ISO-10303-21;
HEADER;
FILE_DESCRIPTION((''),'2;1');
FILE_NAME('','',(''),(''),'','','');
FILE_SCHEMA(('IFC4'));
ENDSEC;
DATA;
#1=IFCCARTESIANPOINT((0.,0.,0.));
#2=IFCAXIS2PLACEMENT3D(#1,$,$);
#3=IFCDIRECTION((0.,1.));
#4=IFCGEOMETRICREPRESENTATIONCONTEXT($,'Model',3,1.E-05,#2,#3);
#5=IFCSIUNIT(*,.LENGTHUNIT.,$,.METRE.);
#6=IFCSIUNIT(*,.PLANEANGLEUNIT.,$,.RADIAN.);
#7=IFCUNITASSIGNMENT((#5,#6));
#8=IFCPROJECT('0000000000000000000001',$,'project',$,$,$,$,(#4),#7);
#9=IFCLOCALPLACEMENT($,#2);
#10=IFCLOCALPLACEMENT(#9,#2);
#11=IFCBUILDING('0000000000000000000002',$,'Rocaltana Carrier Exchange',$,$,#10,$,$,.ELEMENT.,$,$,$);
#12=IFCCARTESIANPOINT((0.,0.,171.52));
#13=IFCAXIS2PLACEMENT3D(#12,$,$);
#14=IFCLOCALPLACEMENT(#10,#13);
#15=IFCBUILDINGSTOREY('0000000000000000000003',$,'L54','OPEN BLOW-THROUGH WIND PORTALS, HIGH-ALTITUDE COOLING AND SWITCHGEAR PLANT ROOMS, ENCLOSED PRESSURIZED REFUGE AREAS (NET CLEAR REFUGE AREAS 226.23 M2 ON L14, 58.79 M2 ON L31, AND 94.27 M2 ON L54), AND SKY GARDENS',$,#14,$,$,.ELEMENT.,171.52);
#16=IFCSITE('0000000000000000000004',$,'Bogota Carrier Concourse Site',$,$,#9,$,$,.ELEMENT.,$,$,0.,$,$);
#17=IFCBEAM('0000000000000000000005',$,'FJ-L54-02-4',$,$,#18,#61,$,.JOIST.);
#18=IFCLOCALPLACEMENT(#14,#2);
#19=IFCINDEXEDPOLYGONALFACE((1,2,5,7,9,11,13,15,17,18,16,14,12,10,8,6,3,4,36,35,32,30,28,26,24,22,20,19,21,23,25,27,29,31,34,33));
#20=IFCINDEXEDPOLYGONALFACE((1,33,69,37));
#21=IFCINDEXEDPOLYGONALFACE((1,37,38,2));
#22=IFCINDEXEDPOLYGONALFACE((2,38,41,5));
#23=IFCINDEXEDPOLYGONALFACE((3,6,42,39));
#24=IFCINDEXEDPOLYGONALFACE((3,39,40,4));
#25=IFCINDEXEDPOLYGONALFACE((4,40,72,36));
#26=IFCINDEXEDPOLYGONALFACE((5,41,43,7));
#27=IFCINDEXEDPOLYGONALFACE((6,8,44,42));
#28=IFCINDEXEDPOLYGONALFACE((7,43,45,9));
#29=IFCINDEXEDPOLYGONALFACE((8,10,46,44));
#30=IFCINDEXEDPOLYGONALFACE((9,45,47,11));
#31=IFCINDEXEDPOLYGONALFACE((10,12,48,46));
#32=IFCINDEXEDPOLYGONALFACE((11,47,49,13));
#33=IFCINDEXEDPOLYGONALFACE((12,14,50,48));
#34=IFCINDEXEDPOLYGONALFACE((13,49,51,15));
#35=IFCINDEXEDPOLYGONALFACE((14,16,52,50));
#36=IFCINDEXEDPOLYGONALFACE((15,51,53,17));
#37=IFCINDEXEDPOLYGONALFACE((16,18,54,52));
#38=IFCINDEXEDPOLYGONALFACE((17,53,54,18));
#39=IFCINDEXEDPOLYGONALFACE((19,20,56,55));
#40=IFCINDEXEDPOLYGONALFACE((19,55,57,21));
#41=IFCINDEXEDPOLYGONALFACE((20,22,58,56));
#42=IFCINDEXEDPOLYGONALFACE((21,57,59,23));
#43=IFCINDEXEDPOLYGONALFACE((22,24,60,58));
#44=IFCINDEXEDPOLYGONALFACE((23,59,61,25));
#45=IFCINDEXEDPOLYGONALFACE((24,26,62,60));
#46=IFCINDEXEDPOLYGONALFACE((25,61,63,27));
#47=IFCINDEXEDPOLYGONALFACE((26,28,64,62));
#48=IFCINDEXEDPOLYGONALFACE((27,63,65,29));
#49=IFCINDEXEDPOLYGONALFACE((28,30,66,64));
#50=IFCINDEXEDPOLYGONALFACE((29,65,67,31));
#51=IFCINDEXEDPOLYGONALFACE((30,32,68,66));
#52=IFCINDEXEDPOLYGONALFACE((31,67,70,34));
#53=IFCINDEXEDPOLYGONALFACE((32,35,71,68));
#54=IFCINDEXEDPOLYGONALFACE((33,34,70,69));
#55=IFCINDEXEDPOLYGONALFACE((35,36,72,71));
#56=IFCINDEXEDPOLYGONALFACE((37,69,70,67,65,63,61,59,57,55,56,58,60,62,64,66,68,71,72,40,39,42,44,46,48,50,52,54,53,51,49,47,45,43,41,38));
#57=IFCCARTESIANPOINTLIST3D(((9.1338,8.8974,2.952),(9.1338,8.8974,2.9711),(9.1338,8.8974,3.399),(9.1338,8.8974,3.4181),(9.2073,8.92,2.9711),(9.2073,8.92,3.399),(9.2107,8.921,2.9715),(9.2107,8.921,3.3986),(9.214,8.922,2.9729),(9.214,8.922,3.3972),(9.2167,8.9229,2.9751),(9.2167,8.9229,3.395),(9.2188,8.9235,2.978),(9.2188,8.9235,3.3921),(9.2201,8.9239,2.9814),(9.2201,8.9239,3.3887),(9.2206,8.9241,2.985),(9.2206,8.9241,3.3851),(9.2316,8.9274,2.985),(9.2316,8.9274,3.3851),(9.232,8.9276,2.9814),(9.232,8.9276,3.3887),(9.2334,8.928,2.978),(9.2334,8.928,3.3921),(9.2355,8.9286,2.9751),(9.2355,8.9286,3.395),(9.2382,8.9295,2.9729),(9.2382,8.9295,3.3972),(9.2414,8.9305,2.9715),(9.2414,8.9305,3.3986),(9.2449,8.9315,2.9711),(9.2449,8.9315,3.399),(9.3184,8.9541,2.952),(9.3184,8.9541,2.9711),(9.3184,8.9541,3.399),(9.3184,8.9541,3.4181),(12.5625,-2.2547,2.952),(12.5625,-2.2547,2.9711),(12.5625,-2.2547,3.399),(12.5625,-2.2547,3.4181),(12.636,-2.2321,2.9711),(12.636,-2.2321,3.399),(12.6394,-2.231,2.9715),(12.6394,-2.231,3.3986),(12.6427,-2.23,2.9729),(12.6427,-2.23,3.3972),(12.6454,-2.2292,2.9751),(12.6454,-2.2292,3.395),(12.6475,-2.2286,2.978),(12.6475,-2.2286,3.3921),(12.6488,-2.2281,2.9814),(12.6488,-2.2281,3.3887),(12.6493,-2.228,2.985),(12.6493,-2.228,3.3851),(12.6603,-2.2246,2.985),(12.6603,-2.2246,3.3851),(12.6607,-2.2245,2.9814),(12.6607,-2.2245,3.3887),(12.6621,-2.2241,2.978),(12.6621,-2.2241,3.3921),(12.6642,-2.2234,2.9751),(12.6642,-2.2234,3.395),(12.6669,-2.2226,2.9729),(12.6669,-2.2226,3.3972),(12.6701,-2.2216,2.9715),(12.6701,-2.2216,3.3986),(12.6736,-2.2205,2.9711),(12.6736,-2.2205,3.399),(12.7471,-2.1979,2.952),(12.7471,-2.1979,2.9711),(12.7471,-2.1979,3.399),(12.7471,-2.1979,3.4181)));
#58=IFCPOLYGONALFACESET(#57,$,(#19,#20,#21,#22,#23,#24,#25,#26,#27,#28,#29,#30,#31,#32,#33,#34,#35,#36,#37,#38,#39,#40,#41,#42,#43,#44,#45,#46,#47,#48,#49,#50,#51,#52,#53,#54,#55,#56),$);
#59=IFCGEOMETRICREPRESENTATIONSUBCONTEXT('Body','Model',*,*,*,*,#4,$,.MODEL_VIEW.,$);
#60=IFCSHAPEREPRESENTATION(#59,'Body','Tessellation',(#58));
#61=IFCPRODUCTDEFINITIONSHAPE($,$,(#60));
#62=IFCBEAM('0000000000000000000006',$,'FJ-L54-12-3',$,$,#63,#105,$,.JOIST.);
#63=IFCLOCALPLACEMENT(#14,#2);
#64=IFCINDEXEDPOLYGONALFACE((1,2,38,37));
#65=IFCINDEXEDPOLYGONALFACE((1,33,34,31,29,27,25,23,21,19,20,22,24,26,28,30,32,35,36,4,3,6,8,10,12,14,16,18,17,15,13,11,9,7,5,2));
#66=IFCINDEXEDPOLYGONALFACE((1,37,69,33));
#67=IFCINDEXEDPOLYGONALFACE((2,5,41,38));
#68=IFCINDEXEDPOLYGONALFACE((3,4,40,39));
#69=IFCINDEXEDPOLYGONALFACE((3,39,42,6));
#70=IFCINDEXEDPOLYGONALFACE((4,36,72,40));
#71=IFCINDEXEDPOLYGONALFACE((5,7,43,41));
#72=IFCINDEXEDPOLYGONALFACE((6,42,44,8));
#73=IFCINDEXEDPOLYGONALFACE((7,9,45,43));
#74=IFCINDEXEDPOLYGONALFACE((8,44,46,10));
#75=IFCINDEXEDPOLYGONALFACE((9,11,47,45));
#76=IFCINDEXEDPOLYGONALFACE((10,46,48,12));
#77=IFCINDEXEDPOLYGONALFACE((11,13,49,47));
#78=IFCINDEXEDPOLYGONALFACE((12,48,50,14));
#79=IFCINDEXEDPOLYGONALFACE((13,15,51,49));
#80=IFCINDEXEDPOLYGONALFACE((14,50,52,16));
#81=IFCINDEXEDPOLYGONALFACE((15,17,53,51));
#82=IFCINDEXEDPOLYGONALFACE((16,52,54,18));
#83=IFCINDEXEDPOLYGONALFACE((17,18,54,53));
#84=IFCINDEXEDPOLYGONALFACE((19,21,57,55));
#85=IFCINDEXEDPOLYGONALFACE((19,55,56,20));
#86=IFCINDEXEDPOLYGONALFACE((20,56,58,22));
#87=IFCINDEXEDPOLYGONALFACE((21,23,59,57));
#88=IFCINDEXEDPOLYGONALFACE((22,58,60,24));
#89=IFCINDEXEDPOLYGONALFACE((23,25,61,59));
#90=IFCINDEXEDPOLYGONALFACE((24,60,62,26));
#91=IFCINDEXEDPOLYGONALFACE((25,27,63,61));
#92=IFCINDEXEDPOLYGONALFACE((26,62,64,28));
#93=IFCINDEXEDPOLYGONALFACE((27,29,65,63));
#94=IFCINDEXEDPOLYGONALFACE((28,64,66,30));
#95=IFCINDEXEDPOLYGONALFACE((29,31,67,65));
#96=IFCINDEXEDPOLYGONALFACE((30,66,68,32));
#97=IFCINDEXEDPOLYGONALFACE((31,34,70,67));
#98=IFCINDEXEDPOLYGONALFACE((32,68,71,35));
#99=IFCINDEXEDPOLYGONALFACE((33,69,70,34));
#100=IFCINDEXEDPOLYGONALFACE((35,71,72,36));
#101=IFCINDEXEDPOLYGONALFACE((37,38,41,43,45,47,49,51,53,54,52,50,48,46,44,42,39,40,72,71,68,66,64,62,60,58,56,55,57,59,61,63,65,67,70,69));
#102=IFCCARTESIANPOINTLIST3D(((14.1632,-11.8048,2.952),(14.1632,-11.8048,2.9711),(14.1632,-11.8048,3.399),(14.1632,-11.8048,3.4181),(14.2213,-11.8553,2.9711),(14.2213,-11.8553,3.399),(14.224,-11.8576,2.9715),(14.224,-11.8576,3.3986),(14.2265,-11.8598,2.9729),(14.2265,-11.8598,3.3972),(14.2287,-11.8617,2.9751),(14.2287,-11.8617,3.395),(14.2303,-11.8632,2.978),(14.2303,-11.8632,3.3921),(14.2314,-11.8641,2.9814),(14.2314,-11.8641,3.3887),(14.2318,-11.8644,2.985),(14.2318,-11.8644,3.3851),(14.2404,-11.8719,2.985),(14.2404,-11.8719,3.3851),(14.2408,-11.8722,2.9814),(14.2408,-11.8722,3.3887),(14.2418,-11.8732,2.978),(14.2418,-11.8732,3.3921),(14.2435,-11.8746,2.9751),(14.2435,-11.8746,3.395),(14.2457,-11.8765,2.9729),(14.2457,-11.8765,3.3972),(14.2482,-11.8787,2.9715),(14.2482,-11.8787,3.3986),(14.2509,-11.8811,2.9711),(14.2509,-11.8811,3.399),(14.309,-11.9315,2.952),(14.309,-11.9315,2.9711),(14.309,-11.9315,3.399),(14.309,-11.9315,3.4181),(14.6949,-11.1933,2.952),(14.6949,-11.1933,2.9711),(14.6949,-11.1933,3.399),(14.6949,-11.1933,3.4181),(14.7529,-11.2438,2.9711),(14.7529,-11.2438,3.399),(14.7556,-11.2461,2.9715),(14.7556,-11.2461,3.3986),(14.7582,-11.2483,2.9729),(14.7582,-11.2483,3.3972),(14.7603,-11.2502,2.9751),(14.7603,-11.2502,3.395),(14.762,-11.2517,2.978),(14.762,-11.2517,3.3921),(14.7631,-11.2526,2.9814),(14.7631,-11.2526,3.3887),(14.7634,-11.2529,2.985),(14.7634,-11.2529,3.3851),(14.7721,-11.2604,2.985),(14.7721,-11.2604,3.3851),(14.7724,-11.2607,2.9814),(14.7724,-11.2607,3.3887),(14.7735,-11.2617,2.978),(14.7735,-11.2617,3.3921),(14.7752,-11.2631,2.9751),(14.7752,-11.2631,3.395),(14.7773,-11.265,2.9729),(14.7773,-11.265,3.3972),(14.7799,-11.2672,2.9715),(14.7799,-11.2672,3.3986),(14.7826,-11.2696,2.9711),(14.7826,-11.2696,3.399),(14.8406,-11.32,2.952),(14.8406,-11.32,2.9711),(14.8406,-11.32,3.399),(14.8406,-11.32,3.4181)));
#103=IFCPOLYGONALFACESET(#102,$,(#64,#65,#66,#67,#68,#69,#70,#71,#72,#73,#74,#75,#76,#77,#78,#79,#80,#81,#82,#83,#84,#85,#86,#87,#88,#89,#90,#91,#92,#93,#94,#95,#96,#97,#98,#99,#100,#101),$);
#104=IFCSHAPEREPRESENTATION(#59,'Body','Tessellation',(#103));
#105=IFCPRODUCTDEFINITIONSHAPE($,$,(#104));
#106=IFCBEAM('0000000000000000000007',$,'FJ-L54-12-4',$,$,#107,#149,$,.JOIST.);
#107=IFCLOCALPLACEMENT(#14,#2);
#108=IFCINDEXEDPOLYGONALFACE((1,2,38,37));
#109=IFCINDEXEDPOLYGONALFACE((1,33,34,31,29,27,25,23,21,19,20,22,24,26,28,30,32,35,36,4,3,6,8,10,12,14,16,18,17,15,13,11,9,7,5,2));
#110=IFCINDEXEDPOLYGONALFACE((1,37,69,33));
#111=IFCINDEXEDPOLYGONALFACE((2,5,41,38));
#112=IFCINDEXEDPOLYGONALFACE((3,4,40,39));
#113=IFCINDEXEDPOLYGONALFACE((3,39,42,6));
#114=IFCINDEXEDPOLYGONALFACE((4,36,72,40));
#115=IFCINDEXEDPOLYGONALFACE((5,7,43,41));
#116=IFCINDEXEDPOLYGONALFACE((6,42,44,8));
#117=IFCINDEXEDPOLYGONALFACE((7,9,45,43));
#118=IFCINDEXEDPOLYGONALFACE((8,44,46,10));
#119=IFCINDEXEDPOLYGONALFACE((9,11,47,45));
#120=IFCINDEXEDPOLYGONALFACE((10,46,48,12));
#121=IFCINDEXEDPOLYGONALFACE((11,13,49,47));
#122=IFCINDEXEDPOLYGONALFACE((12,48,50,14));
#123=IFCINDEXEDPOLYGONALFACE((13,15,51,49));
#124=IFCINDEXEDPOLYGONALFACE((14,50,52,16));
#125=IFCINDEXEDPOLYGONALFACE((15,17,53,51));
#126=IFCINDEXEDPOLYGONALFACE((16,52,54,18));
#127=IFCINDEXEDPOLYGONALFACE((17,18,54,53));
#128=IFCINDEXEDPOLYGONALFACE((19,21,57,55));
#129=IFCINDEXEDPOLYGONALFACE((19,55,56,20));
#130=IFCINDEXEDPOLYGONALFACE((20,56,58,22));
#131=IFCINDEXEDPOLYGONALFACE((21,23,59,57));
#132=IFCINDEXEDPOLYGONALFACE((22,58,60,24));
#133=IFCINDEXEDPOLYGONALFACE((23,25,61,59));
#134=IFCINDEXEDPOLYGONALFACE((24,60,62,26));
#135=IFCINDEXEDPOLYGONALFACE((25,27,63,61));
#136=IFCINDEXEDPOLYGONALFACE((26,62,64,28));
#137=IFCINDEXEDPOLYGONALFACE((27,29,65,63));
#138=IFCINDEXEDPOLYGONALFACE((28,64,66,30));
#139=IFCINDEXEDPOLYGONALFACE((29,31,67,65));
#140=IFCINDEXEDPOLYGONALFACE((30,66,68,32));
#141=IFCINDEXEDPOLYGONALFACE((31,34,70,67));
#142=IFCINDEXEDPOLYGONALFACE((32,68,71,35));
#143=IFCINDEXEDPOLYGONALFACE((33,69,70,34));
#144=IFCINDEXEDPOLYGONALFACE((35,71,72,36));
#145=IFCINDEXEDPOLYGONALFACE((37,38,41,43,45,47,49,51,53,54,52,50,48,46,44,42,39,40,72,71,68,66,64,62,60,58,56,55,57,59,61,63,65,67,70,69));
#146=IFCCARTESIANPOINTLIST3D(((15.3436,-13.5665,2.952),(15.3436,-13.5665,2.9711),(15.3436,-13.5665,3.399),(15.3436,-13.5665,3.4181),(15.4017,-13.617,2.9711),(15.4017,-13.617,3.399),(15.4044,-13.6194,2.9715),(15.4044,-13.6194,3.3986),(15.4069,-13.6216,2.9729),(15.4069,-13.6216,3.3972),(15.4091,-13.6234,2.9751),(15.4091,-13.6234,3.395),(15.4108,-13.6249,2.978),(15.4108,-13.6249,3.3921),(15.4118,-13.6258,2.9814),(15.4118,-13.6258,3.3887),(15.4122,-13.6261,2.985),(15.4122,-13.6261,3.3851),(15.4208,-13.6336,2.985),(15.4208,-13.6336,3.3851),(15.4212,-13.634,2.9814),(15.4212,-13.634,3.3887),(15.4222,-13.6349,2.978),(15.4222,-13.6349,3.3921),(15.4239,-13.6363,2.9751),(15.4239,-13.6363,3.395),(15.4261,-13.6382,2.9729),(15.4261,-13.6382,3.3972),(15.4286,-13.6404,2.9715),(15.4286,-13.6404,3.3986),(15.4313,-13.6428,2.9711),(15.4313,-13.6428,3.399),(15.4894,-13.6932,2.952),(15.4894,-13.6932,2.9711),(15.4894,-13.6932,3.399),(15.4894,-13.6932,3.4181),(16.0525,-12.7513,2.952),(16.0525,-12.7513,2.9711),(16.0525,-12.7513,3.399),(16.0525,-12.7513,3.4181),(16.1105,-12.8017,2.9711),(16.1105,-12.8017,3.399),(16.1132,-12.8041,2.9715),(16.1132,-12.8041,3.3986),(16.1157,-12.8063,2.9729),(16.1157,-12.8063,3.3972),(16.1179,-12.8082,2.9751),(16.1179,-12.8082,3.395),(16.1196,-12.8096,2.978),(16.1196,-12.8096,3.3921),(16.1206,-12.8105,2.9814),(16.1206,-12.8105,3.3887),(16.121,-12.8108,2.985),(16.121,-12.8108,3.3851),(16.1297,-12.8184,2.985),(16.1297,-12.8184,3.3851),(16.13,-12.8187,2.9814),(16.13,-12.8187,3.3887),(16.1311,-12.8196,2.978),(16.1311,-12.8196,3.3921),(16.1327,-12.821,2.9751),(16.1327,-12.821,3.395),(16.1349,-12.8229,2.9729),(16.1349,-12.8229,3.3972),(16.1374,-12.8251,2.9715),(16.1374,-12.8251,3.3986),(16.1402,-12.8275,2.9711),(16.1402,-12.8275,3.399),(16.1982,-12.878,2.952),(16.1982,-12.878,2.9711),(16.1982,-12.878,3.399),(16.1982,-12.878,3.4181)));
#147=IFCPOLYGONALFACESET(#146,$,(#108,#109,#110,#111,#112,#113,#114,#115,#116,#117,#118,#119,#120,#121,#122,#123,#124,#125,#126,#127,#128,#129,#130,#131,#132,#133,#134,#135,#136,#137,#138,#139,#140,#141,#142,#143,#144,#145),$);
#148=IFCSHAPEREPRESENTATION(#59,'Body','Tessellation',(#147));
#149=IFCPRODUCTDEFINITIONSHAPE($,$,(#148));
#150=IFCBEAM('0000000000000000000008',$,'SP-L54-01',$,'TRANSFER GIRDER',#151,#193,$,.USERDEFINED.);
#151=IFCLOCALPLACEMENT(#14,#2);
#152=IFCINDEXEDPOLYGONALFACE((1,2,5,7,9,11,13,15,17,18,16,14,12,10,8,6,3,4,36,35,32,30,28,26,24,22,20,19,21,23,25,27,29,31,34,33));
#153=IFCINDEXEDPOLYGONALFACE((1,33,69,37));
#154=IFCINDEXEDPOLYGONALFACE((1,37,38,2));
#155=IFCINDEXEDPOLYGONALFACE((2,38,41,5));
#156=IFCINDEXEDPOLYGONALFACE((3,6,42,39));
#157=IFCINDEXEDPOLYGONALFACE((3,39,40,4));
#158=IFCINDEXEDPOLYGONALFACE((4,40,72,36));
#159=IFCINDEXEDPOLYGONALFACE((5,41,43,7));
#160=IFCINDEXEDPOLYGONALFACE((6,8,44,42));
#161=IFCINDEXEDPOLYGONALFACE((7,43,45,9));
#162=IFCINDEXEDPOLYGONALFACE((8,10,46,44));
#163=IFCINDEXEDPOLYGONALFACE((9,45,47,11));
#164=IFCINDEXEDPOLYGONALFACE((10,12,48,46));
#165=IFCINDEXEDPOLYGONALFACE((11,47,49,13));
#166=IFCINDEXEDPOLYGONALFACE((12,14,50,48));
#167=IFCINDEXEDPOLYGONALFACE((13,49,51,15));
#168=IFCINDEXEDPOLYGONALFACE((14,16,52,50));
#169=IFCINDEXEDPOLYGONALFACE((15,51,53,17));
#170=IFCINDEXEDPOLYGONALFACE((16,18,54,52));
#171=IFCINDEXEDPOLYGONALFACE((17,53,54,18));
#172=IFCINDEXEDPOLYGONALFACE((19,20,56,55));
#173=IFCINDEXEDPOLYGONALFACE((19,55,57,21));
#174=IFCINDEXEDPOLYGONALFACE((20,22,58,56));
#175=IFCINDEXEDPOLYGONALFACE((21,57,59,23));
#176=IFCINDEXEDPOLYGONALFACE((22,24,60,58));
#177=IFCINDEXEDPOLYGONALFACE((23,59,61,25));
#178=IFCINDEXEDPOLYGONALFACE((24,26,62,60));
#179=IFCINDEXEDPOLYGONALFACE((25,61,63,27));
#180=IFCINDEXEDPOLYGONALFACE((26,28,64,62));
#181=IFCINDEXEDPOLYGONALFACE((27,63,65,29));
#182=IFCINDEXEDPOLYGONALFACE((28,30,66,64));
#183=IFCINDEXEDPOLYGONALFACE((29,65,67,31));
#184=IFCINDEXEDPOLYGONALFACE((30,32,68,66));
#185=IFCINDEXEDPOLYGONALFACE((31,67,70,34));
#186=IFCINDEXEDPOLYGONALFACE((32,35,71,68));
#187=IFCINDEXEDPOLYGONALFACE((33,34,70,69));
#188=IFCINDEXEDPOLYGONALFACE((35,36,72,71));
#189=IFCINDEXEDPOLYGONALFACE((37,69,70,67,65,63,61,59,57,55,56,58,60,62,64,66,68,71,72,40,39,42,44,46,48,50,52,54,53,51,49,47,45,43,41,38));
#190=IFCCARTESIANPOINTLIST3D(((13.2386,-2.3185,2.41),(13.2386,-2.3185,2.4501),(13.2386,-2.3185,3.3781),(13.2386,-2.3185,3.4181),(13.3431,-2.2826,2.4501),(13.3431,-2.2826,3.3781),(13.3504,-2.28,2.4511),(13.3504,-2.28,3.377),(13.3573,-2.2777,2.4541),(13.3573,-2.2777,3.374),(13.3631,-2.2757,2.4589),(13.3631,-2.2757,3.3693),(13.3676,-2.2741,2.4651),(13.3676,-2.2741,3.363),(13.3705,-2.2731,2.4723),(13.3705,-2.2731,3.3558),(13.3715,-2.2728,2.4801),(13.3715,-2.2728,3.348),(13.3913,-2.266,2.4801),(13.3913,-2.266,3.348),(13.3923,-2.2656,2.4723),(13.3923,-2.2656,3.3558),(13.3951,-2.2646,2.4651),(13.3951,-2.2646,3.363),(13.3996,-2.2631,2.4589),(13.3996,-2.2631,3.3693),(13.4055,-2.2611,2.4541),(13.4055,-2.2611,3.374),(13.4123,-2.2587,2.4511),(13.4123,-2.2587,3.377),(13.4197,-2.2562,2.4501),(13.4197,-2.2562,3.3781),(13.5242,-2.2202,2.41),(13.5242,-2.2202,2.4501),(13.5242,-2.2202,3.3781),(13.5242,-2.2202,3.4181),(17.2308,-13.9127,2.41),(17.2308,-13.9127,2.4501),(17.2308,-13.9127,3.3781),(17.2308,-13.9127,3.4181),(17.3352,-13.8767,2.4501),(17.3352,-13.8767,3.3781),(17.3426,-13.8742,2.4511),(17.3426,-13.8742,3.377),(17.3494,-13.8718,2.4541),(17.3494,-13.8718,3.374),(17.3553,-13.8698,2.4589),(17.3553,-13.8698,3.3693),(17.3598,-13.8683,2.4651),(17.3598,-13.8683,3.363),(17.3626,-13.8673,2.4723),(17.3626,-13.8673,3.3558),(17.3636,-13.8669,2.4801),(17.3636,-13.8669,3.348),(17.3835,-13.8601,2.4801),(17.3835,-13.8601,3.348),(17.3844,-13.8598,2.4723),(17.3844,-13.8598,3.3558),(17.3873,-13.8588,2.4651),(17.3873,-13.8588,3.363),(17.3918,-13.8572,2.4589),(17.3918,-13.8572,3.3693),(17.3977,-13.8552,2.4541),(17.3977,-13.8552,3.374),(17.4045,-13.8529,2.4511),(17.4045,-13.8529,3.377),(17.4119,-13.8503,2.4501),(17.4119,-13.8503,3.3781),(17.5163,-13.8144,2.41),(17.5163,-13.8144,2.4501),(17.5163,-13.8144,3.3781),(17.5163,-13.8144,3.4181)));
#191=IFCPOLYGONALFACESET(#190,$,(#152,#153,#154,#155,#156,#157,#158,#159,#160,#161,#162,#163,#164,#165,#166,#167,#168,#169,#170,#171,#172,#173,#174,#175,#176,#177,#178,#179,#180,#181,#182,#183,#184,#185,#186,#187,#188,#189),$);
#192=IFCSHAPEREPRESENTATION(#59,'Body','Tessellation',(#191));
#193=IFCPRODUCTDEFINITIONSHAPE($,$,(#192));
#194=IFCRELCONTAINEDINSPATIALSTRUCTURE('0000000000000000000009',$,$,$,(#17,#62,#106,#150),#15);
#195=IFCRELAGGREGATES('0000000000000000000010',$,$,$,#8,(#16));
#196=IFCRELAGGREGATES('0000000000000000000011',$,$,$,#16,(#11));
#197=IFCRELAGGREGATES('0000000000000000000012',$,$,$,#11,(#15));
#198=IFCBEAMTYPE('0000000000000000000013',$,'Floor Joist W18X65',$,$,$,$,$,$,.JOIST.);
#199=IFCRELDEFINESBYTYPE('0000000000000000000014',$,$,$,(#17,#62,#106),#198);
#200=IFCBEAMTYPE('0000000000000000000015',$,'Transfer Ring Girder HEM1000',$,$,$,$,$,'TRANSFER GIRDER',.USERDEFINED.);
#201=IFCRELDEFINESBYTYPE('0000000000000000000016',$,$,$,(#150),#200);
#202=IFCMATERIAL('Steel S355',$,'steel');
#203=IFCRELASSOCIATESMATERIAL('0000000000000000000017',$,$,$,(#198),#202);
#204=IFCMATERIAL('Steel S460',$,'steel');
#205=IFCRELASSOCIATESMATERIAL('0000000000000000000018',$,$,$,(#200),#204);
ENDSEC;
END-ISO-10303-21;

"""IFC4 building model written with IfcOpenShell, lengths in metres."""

from ifc_helpers import new_model, si_unit, direction, frame, origin, origin_2d, place, context, subcontext, project, spatial, i_section, extrude, material, material_profile, profile_set, type_object, element, save


model = new_model("IFC4")

# Units and contexts
model_context = context("Model", 3, precision=1e-05, world=origin(), true_north=direction((0.0, 1.0)))
body_context = subcontext(model_context, "Body", "Model", "MODEL_VIEW")
ifc_project = project(units=[si_unit("LENGTHUNIT", "METRE"), si_unit("PLANEANGLEUNIT", "RADIAN")], contexts=[model_context])

# Site, building, storey
site_placement = place(None, origin())
site = spatial("IfcSite", under=ifc_project, at=site_placement, Name="Bogota Carrier Concourse Site", CompositionType="ELEMENT", RefElevation=0.0)
building_placement = place(site_placement, origin())
building = spatial("IfcBuilding", under=site, at=building_placement, Name="Rocaltana Carrier Exchange", CompositionType="ELEMENT")
storey_placement = place(building_placement, frame((0.0, 0.0, 171.52)))
storey = spatial("IfcBuildingStorey", under=building, at=storey_placement, Name="L54", Description="OPEN BLOW-THROUGH WIND PORTALS, HIGH-ALTITUDE COOLING AND SWITCHGEAR PLANT ROOMS, ENCLOSED PRESSURIZED REFUGE AREAS (NET CLEAR REFUGE AREAS 226.23 M2 ON L14, 58.79 M2 ON L31, AND 94.27 M2 ON L54), AND SKY GARDENS", CompositionType="ELEMENT", Elevation=171.52)

# Beams
ifc_material_1 = material(Name="Steel S355", Category="steel")
ifc_material_profile_1 = material_profile(ifc_material_1, i_section(OverallWidth=0.1931, OverallDepth=0.4661, WebThickness=0.0115, FlangeThickness=0.019, FilletRadius=0.0139, at=origin_2d()), Name="W18X65")
ifc_profile_set_1 = profile_set([ifc_material_profile_1], Name="Steel S355")
beam_type_1 = type_object("IfcBeamType", Name="Floor Joist W18X65", PredefinedType="JOIST", material=ifc_profile_set_1)
beam_1_placement = place(storey_placement, frame((12.6548, -2.2263, 3.1851), z_axis=(-0.293874, 0.955844, 0.0), x_axis=(-0.955844, -0.293874, 0.0)))
element("IfcBeam", 1, at=beam_1_placement, inside=storey, type_object=beam_type_1, Name="FJ-L54-02-4", PredefinedType="JOIST", context=body_context, shape_type="SweptSolid", body=[
    extrude(i_section(OverallWidth=0.1931, OverallDepth=0.4661, WebThickness=0.0115, FlangeThickness=0.019, FilletRadius=0.0139, at=origin_2d()), origin(), (0.0, 0.0, 1.0), 11.6672),
])
beam_2_placement = place(storey_placement, frame((14.2361, -11.8682, 3.1851), z_axis=(0.656134, 0.754644, 0.0), x_axis=(-0.754644, 0.656134, 0.0)))
element("IfcBeam", 2, at=beam_2_placement, inside=storey, type_object=beam_type_1, Name="FJ-L54-12-3", PredefinedType="JOIST", context=body_context, shape_type="SweptSolid", body=[
    extrude(i_section(OverallWidth=0.1931, OverallDepth=0.4661, WebThickness=0.0115, FlangeThickness=0.019, FilletRadius=0.0139, at=origin_2d()), origin(), (0.0, 0.0, 1.0), 0.8103),
])
beam_3_placement = place(storey_placement, frame((15.4165, -13.6299, 3.1851), z_axis=(0.656117, 0.754659, 0.0), x_axis=(-0.754659, 0.656117, 0.0)))
element("IfcBeam", 3, at=beam_3_placement, inside=storey, type_object=beam_type_1, Name="FJ-L54-12-4", PredefinedType="JOIST", context=body_context, shape_type="SweptSolid", body=[
    extrude(i_section(OverallWidth=0.1931, OverallDepth=0.4661, WebThickness=0.0115, FlangeThickness=0.019, FilletRadius=0.0139, at=origin_2d()), origin(), (0.0, 0.0, 1.0), 1.0803),
])
ifc_material_2 = material(Name="Steel S460", Category="steel")
ifc_material_profile_2 = material_profile(ifc_material_2, i_section(OverallWidth=0.302, OverallDepth=1.0081, WebThickness=0.021, FlangeThickness=0.04, FilletRadius=0.03, at=origin_2d()), Name="HEM1000")
ifc_profile_set_2 = profile_set([ifc_material_profile_2], Name="Steel S460")
beam_type_2 = type_object("IfcBeamType", Name="Transfer Ring Girder HEM1000", ElementType="TRANSFER GIRDER", PredefinedType="USERDEFINED", material=ifc_profile_set_2)
for number, where, z_axis, x_axis, name in (
    (4, (17.3735, -13.8635, 2.9141), (-0.325566, 0.945519, 0.0), (-0.945519, -0.325566, 0.0), "SP-L54-01"),
):
    element("IfcBeam", number, at=place(storey_placement, frame(where, z_axis=z_axis, x_axis=x_axis)), inside=storey, type_object=beam_type_2, Name=name, ObjectType="TRANSFER GIRDER", PredefinedType="USERDEFINED", context=body_context, shape_type="SweptSolid", body=[
        extrude(i_section(OverallWidth=0.302, OverallDepth=1.0081, WebThickness=0.021, FlangeThickness=0.04, FilletRadius=0.03, at=origin_2d()), origin(), (0.0, 0.0, 1.0), 12.2622),
    ])

save(model, "model.ifc")
